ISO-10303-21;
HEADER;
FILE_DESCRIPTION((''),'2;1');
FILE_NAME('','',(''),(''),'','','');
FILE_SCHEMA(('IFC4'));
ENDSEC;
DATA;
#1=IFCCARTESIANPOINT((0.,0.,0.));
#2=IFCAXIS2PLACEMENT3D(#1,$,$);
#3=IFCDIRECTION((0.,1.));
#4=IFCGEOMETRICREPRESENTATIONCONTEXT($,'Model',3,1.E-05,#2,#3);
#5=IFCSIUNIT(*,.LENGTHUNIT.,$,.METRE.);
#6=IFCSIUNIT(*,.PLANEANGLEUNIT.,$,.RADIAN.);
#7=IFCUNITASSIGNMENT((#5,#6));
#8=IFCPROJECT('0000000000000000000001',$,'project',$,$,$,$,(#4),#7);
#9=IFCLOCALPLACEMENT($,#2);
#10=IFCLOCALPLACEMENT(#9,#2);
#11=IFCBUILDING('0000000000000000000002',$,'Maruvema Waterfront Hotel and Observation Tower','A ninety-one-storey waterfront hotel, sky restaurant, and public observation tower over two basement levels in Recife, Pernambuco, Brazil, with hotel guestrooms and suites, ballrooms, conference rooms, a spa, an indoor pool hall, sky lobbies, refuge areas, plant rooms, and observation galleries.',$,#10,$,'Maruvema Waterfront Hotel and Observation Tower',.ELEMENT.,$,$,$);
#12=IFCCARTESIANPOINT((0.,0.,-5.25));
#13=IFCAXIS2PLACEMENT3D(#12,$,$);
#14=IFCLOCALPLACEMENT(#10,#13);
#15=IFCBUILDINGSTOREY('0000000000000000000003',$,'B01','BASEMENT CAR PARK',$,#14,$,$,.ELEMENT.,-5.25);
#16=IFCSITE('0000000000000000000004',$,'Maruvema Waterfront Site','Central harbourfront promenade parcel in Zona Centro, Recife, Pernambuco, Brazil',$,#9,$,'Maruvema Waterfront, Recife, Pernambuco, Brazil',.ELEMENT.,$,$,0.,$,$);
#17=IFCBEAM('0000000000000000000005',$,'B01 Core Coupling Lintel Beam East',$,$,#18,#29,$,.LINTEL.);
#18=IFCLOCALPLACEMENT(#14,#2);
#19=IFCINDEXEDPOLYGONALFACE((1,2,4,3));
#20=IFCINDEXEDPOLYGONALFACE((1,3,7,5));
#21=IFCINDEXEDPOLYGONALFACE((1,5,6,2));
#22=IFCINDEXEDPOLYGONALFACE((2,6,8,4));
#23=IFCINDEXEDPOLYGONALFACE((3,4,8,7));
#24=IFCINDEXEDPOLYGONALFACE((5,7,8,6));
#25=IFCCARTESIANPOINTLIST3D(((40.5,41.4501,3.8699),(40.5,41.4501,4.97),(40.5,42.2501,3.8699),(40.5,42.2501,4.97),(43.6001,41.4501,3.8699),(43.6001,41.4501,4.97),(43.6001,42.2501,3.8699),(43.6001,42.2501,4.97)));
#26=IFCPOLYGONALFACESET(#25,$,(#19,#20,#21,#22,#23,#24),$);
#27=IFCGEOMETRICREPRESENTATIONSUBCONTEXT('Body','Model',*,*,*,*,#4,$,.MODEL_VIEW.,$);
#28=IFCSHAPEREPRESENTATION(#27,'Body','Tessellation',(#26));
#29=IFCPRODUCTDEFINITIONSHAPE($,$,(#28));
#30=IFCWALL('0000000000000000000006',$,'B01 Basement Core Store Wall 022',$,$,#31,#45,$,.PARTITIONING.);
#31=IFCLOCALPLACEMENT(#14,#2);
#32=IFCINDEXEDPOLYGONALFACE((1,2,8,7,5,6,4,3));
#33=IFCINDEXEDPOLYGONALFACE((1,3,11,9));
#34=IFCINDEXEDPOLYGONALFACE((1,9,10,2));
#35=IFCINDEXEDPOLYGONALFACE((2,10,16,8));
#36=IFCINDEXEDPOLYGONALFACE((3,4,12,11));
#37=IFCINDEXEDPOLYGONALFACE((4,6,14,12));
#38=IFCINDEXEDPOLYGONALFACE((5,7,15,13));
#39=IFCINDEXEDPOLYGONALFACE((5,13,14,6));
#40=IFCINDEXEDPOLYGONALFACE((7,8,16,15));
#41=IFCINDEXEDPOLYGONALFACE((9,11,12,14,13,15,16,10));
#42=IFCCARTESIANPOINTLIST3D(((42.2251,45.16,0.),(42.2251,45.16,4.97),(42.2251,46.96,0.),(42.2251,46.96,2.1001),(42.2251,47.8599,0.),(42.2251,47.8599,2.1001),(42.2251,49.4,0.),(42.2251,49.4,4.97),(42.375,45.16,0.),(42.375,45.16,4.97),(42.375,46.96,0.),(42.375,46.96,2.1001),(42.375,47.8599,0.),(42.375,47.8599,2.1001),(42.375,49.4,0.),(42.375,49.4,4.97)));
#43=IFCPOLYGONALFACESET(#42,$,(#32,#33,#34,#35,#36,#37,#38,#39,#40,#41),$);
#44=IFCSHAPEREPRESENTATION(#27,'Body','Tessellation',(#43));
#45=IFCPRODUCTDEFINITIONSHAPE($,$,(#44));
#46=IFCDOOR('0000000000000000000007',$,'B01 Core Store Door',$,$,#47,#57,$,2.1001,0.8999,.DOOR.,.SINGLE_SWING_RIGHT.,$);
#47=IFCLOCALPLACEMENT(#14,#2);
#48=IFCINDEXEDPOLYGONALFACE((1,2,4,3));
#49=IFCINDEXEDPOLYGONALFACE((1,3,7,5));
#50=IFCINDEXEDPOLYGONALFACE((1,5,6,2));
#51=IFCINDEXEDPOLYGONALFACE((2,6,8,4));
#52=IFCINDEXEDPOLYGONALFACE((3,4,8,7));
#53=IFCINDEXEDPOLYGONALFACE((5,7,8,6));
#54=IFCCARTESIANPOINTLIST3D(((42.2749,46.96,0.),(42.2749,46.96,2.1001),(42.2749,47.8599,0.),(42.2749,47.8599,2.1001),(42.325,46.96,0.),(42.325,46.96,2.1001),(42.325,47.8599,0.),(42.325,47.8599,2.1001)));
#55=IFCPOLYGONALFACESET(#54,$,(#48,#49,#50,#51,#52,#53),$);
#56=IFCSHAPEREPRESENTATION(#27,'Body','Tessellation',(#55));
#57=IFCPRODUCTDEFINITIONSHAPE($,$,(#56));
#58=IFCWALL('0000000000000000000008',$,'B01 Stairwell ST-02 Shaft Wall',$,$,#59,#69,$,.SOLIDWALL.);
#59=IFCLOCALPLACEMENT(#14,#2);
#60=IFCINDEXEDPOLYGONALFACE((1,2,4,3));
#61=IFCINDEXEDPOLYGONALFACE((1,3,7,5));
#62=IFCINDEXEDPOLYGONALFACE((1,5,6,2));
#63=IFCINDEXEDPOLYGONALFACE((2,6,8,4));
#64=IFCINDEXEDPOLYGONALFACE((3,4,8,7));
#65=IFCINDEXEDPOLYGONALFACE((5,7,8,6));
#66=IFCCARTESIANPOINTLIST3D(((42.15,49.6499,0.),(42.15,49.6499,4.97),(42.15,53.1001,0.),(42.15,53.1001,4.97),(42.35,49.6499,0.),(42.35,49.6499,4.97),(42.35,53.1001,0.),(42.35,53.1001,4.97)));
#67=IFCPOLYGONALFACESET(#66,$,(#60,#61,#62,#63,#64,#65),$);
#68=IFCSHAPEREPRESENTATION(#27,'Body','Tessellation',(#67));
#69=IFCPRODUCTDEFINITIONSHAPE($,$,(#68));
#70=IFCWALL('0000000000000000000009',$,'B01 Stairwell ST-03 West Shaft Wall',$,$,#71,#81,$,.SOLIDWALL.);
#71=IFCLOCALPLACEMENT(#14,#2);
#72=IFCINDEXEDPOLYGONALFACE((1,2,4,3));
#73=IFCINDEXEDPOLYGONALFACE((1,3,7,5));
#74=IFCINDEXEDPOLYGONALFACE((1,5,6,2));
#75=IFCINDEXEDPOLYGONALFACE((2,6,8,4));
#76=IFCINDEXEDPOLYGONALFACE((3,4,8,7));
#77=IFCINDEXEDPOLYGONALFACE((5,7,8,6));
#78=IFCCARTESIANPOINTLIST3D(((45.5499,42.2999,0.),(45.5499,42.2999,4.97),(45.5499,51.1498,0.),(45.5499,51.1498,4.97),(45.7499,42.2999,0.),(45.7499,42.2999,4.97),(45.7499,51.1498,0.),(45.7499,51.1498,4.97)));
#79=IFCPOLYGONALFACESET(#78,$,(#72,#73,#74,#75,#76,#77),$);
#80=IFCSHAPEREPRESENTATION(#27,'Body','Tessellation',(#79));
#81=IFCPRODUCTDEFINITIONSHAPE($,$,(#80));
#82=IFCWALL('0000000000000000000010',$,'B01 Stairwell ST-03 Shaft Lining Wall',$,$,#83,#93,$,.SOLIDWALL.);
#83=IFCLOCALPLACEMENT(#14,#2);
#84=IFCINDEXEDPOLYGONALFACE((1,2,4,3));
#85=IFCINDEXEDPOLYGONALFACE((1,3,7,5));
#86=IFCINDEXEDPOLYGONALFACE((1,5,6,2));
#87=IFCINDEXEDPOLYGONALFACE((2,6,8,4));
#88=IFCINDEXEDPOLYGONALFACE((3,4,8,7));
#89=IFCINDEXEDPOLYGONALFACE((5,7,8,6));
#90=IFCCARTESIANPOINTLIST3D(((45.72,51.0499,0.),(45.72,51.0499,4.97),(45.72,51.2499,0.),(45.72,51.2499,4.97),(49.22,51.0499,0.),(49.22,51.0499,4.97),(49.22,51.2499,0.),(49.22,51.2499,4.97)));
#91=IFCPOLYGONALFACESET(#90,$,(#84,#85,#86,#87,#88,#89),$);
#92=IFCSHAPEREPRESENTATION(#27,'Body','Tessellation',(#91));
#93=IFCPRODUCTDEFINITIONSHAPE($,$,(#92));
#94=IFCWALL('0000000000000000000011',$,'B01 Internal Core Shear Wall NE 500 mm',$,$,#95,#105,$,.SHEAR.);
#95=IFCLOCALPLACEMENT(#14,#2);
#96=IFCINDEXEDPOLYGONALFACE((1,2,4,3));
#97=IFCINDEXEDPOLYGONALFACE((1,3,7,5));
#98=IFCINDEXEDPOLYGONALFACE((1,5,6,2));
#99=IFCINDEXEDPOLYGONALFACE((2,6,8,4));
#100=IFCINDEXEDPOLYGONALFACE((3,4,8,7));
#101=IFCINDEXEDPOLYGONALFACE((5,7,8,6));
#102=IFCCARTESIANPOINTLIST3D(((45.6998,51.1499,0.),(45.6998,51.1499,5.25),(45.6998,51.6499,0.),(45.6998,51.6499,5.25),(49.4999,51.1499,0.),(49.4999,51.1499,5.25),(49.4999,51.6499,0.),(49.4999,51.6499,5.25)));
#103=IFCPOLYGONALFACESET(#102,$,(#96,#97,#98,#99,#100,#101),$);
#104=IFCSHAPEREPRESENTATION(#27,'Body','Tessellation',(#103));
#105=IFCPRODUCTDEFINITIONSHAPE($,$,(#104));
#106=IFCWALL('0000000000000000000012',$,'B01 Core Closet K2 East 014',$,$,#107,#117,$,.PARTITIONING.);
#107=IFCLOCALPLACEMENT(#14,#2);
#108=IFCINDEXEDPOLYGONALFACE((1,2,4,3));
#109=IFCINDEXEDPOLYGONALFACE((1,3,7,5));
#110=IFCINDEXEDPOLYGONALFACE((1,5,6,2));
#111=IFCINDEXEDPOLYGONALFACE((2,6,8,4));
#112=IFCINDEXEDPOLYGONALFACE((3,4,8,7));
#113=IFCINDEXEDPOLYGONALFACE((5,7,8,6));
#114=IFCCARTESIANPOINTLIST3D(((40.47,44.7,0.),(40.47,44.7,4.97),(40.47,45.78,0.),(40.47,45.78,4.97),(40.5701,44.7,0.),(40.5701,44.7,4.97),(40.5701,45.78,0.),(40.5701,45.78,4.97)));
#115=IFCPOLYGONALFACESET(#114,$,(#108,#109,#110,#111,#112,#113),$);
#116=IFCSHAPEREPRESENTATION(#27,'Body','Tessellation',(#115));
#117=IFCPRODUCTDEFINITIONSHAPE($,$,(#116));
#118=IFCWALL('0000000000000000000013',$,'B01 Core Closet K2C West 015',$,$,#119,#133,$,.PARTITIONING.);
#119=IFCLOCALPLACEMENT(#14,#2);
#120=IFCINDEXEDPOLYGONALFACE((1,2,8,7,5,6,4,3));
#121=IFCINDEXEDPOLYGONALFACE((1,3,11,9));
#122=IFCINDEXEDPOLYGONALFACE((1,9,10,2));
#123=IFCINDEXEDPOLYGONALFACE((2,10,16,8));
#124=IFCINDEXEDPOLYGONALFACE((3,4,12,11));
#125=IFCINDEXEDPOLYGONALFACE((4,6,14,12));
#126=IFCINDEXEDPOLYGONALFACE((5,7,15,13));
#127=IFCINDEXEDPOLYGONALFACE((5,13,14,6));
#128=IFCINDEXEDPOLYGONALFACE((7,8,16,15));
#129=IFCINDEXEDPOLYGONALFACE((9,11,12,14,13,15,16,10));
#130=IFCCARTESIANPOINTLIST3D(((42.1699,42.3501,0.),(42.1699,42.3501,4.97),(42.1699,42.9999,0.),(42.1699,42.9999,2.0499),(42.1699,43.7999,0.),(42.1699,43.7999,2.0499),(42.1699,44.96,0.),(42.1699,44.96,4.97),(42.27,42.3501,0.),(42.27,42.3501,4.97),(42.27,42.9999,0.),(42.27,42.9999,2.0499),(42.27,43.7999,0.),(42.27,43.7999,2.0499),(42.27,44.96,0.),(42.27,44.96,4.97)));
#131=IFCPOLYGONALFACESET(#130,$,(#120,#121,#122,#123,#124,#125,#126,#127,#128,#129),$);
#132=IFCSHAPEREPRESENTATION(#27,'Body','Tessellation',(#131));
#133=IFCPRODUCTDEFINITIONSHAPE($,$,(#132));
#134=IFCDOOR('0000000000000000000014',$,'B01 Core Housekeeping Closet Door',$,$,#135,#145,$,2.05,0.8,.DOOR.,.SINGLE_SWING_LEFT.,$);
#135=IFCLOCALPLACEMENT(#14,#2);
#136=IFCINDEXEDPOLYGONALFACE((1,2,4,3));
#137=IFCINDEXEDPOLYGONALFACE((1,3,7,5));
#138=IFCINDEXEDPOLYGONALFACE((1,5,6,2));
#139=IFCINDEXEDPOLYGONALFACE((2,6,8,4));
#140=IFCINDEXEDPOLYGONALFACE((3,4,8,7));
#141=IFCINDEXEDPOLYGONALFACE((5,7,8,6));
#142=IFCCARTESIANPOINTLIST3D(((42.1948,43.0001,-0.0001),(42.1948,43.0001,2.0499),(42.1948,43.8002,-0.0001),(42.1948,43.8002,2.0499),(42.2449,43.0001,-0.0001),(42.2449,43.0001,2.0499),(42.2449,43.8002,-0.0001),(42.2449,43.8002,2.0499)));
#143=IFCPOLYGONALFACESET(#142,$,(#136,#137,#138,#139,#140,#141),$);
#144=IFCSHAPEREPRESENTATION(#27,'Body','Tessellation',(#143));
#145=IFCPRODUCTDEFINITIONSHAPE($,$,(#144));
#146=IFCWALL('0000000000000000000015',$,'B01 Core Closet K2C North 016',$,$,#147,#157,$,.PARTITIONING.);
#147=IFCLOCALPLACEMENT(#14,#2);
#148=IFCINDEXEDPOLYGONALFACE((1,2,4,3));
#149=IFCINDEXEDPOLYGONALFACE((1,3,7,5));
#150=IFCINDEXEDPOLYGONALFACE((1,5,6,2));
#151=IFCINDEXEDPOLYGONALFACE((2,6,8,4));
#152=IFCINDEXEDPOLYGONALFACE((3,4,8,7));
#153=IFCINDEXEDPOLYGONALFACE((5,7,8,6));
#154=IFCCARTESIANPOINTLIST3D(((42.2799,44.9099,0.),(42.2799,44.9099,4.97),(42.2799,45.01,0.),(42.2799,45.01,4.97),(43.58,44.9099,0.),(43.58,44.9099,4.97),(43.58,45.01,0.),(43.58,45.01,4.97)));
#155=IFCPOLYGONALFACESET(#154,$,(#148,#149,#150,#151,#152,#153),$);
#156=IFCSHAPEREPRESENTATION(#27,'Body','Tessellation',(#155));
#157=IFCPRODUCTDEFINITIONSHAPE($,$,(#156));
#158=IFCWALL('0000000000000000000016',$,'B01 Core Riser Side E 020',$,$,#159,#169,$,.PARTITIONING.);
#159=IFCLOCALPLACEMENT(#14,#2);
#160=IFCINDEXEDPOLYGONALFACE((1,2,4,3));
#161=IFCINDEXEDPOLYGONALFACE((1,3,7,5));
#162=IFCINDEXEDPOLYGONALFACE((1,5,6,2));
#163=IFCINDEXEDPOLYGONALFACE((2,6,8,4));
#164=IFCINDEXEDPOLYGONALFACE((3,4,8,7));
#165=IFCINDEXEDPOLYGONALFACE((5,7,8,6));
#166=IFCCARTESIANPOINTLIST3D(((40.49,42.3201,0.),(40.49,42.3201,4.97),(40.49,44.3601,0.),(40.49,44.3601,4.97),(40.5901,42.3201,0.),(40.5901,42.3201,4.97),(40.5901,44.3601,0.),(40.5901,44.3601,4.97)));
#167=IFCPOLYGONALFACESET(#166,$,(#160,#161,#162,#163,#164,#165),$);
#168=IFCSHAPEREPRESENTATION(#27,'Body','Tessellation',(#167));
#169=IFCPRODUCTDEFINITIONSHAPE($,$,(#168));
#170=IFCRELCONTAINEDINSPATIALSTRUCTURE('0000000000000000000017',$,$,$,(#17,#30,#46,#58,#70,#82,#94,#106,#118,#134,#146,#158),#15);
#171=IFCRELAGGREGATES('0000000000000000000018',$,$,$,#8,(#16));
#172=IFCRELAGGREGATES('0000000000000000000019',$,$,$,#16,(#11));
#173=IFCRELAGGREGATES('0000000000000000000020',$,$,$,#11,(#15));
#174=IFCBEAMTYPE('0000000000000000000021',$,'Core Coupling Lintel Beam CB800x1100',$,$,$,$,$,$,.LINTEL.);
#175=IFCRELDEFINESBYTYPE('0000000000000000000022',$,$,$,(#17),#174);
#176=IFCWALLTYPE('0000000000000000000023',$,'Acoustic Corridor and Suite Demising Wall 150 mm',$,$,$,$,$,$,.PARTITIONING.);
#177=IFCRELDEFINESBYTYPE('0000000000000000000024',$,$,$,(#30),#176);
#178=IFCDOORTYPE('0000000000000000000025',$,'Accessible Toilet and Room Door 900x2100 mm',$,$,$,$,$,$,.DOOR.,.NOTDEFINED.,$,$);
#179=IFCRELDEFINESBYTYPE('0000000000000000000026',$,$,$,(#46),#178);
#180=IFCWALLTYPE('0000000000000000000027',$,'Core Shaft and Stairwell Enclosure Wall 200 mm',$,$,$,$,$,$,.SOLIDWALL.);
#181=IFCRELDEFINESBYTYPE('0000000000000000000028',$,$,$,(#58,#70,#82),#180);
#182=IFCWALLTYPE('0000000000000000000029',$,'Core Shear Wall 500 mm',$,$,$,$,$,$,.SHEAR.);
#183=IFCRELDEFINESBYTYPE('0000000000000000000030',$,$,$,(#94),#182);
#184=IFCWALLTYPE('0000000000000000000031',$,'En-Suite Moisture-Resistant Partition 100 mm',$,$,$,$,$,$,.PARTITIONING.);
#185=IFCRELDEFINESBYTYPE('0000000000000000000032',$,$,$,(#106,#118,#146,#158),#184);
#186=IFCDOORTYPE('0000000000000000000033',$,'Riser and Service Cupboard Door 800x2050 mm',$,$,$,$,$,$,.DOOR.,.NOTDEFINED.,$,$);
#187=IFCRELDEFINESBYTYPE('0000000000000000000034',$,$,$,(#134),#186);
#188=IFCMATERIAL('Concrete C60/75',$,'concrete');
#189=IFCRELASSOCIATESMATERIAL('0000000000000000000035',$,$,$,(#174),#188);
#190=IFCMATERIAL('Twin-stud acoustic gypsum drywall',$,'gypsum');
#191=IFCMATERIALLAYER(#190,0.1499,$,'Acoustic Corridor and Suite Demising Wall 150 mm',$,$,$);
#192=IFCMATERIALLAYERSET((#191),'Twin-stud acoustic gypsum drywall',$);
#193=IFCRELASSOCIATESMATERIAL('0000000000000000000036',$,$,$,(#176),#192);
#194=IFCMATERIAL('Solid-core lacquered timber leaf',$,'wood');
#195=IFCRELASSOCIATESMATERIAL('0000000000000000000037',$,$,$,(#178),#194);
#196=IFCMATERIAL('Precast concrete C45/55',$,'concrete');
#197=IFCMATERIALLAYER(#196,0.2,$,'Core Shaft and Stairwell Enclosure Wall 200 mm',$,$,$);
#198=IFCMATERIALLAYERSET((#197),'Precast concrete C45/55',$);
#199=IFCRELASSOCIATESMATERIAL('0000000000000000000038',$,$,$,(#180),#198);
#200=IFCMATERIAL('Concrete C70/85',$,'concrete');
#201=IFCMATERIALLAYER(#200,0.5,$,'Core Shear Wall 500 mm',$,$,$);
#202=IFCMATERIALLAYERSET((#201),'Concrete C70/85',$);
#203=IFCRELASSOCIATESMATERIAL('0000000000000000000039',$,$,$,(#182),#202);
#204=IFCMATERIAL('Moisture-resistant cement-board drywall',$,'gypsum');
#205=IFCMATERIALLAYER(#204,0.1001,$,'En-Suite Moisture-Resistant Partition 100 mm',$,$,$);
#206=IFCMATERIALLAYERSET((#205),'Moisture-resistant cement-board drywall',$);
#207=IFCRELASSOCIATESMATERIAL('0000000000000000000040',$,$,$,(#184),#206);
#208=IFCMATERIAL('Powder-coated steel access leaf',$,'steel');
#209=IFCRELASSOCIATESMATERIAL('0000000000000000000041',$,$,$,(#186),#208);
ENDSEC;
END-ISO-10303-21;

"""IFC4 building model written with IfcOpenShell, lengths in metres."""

from ifc_helpers import new_model, si_unit, direction, frame, frame_2d, origin, origin_2d, place, context, subcontext, project, spatial, rectangle, extrude, material, layer, layer_set, material_profile, profile_set, type_object, element, fill, save


model = new_model("IFC4")

# Units and contexts
model_context = context("Model", 3, precision=1e-05, world=origin(), true_north=direction((0.0, 1.0)))
body_context = subcontext(model_context, "Body", "Model", "MODEL_VIEW")
ifc_project = project(units=[si_unit("LENGTHUNIT", "METRE"), si_unit("PLANEANGLEUNIT", "RADIAN")], contexts=[model_context])

# Site, building, storey
site_placement = place(None, origin())
site = spatial("IfcSite", under=ifc_project, at=site_placement, Name="Maruvema Waterfront Site", Description="Central harbourfront promenade parcel in Zona Centro, Recife, Pernambuco, Brazil", LongName="Maruvema Waterfront, Recife, Pernambuco, Brazil", CompositionType="ELEMENT", RefElevation=0.0)
building_placement = place(site_placement, origin())
building = spatial("IfcBuilding", under=site, at=building_placement, Name="Maruvema Waterfront Hotel and Observation Tower", Description="A ninety-one-storey waterfront hotel, sky restaurant, and public observation tower over two basement levels in Recife, Pernambuco, Brazil, with hotel guestrooms and suites, ballrooms, conference rooms, a spa, an indoor pool hall, sky lobbies, refuge areas, plant rooms, and observation galleries.", LongName="Maruvema Waterfront Hotel and Observation Tower", CompositionType="ELEMENT")
storey_placement = place(building_placement, frame((0.0, 0.0, -5.25)))
storey = spatial("IfcBuildingStorey", under=building, at=storey_placement, Name="B01", Description="BASEMENT CAR PARK", CompositionType="ELEMENT", Elevation=-5.25)

# Beam
ifc_material_1 = material(Name="Concrete C60/75", Category="concrete")
ifc_material_profile = material_profile(ifc_material_1, rectangle(XDim=0.8, YDim=1.1001, at=origin_2d()), Name="CB800x1100")
ifc_profile_set = profile_set([ifc_material_profile], Name="Concrete C60/75")
beam_type = type_object("IfcBeamType", Name="Core Coupling Lintel Beam CB800x1100", PredefinedType="LINTEL", material=ifc_profile_set)
beam_placement = place(storey_placement, frame((40.5, 41.8501, 4.4199), z_axis=(1.0, 0.0, 0.0), x_axis=(0.0, 1.0, 0.0)))
element("IfcBeam", 1, at=beam_placement, inside=storey, type_object=beam_type, Name="B01 Core Coupling Lintel Beam East", PredefinedType="LINTEL", context=body_context, shape_type="SweptSolid", body=[
    extrude(rectangle(XDim=0.8, YDim=1.1001, at=origin_2d()), origin(), (0.0, 0.0, 1.0), 3.1001),
])

# Wall, opening, door
ifc_material_2 = material(Name="Twin-stud acoustic gypsum drywall", Category="gypsum")
ifc_layer_1 = layer(ifc_material_2, 0.1499, Name="Acoustic Corridor and Suite Demising Wall 150 mm")
ifc_layer_set_1 = layer_set([ifc_layer_1], Name="Twin-stud acoustic gypsum drywall")
wall_type_1 = type_object("IfcWallType", Name="Acoustic Corridor and Suite Demising Wall 150 mm", PredefinedType="PARTITIONING", material=ifc_layer_set_1)
wall_1_placement = place(storey_placement, frame((42.3, 45.1599, 0.0), z_axis=(0.0, 0.0, 1.0), x_axis=(0.0, 1.0, 0.0)))
wall_1 = element("IfcWall", 2, at=wall_1_placement, inside=storey, type_object=wall_type_1, Name="B01 Basement Core Store Wall 022", PredefinedType="PARTITIONING", context=body_context, shape_type="SweptSolid", body=[
    extrude(rectangle(XDim=4.24, YDim=0.1499, at=frame_2d((2.1201, 0.0))), origin(), (0.0, 0.0, 1.0), 4.97),
])
opening_1_placement = place(wall_1_placement, frame((1.8, 0.0, 0.0)))
opening_1 = element("IfcOpeningElement", 3, at=opening_1_placement, cuts=wall_1, PredefinedType="OPENING", context=body_context, shape_type="SweptSolid", body=[
    extrude(rectangle(XDim=0.8999, YDim=2.1001, at=frame_2d((0.45, 1.05))), frame((0.0, 0.085, 0.0), z_axis=(0.0, -1.0, 0.0), x_axis=(1.0, 0.0, 0.0)), (0.0, 0.0, 1.0), 0.1699),
])
ifc_material_3 = material(Name="Solid-core lacquered timber leaf", Category="wood")
door_type_1 = type_object("IfcDoorType", Name="Accessible Toilet and Room Door 900x2100 mm", OperationType="NOTDEFINED", PredefinedType="DOOR", material=ifc_material_3)
door_1_placement = place(opening_1_placement, frame((0.8999, 0.0, 0.0), z_axis=(0.0, 0.0, 1.0), x_axis=(-1.0, 0.0, 0.0)))
door_1 = element("IfcDoor", 4, at=door_1_placement, inside=storey, type_object=door_type_1, Name="B01 Core Store Door", OperationType="SINGLE_SWING_RIGHT", OverallHeight=2.1001, OverallWidth=0.8999, PredefinedType="DOOR", context=body_context, shape_type="SweptSolid", body=[
    extrude(rectangle(XDim=0.8999, YDim=2.1001, at=frame_2d((0.45, 1.05))), frame((0.0, 0.0249, 0.0), z_axis=(0.0, -1.0, 0.0), x_axis=(1.0, 0.0, 0.0)), (0.0, 0.0, 1.0), 0.05),
])
fill(opening_1, door_1)

# Walls
ifc_material_4 = material(Name="Precast concrete C45/55", Category="concrete")
ifc_layer_2 = layer(ifc_material_4, 0.2, Name="Core Shaft and Stairwell Enclosure Wall 200 mm")
ifc_layer_set_2 = layer_set([ifc_layer_2], Name="Precast concrete C45/55")
wall_type_2 = type_object("IfcWallType", Name="Core Shaft and Stairwell Enclosure Wall 200 mm", PredefinedType="SOLIDWALL", material=ifc_layer_set_2)
wall_2_placement = place(storey_placement, frame((42.25, 49.6499, 0.0), z_axis=(0.0, 0.0, 1.0), x_axis=(0.0, 1.0, 0.0)))
element("IfcWall", 5, at=wall_2_placement, inside=storey, type_object=wall_type_2, Name="B01 Stairwell ST-02 Shaft Wall", PredefinedType="SOLIDWALL", context=body_context, shape_type="SweptSolid", body=[
    extrude(rectangle(XDim=3.4502, YDim=0.2, at=frame_2d((1.7251, 0.0))), origin(), (0.0, 0.0, 1.0), 4.97),
])
wall_3_placement = place(storey_placement, frame((45.6499, 42.3, 0.0), z_axis=(0.0, 0.0, 1.0), x_axis=(0.0, 1.0, 0.0)))
element("IfcWall", 6, at=wall_3_placement, inside=storey, type_object=wall_type_2, Name="B01 Stairwell ST-03 West Shaft Wall", PredefinedType="SOLIDWALL", context=body_context, shape_type="SweptSolid", body=[
    extrude(rectangle(XDim=8.8499, YDim=0.2, at=frame_2d((4.4248, 0.0))), origin(), (0.0, 0.0, 1.0), 4.97),
])
wall_4_placement = place(storey_placement, frame((45.72, 51.1499, 0.0), z_axis=(0.0, 0.0, 1.0), x_axis=(1.0, 0.0, 0.0)))
element("IfcWall", 7, at=wall_4_placement, inside=storey, type_object=wall_type_2, Name="B01 Stairwell ST-03 Shaft Lining Wall", PredefinedType="SOLIDWALL", context=body_context, shape_type="SweptSolid", body=[
    extrude(rectangle(XDim=3.5, YDim=0.2, at=frame_2d((1.75, 0.0))), origin(), (0.0, 0.0, 1.0), 4.97),
])
ifc_material_5 = material(Name="Concrete C70/85", Category="concrete")
ifc_layer_3 = layer(ifc_material_5, 0.5, Name="Core Shear Wall 500 mm")
ifc_layer_set_3 = layer_set([ifc_layer_3], Name="Concrete C70/85")
wall_type_3 = type_object("IfcWallType", Name="Core Shear Wall 500 mm", PredefinedType="SHEAR", material=ifc_layer_set_3)
wall_5_placement = place(storey_placement, frame((45.7, 51.3999, 0.0), z_axis=(0.0, 0.0, 1.0), x_axis=(1.0, 0.0, 0.0)))
element("IfcWall", 8, at=wall_5_placement, inside=storey, type_object=wall_type_3, Name="B01 Internal Core Shear Wall NE 500 mm", PredefinedType="SHEAR", context=body_context, shape_type="SweptSolid", body=[
    extrude(rectangle(XDim=3.8, YDim=0.5, at=frame_2d((1.8999, 0.0))), origin(), (0.0, 0.0, 1.0), 5.25),
])

# Wall
ifc_material_6 = material(Name="Moisture-resistant cement-board drywall", Category="gypsum")
ifc_layer_4 = layer(ifc_material_6, 0.1001, Name="En-Suite Moisture-Resistant Partition 100 mm")
ifc_layer_set_4 = layer_set([ifc_layer_4], Name="Moisture-resistant cement-board drywall")
wall_type_4 = type_object("IfcWallType", Name="En-Suite Moisture-Resistant Partition 100 mm", PredefinedType="PARTITIONING", material=ifc_layer_set_4)
wall_6_placement = place(storey_placement, frame((40.52, 44.7, 0.0), z_axis=(0.0, 0.0, 1.0), x_axis=(0.0, 1.0, 0.0)))
element("IfcWall", 9, at=wall_6_placement, inside=storey, type_object=wall_type_4, Name="B01 Core Closet K2 East 014", PredefinedType="PARTITIONING", context=body_context, shape_type="SweptSolid", body=[
    extrude(rectangle(XDim=1.0801, YDim=0.1001, at=frame_2d((0.54, 0.0))), origin(), (0.0, 0.0, 1.0), 4.97),
])

# Wall, opening, door
wall_7_placement = place(storey_placement, frame((42.22, 42.3501, 0.0), z_axis=(0.0, 0.0, 1.0), x_axis=(0.0, 1.0, 0.0)))
wall_7 = element("IfcWall", 10, at=wall_7_placement, inside=storey, type_object=wall_type_4, Name="B01 Core Closet K2C West 015", PredefinedType="PARTITIONING", context=body_context, shape_type="SweptSolid", body=[
    extrude(rectangle(XDim=2.6099, YDim=0.1001, at=frame_2d((1.3049, 0.0))), origin(), (0.0, 0.0, 1.0), 4.97),
])
opening_2_placement = place(wall_7_placement, frame((0.6499, 0.0, 0.0)))
opening_2 = element("IfcOpeningElement", 11, at=opening_2_placement, cuts=wall_7, PredefinedType="OPENING", context=body_context, shape_type="SweptSolid", body=[
    extrude(rectangle(XDim=0.8, YDim=2.05, at=frame_2d((0.3999, 1.0249))), frame((0.0, 0.0601, 0.0), z_axis=(0.0, -1.0, 0.0), x_axis=(1.0, 0.0, 0.0)), (0.0, 0.0, 1.0), 0.1201),
])
ifc_material_7 = material(Name="Powder-coated steel access leaf", Category="steel")
door_type_2 = type_object("IfcDoorType", Name="Riser and Service Cupboard Door 800x2050 mm", OperationType="NOTDEFINED", PredefinedType="DOOR", material=ifc_material_7)
door_2_placement = place(opening_2_placement, frame((0.8, 0.0, 0.0), z_axis=(0.0, 0.0, 1.0), x_axis=(-1.0, 0.0, 0.0)))
door_2 = element("IfcDoor", 12, at=door_2_placement, inside=storey, type_object=door_type_2, Name="B01 Core Housekeeping Closet Door", OperationType="SINGLE_SWING_LEFT", OverallHeight=2.05, OverallWidth=0.8, PredefinedType="DOOR", context=body_context, shape_type="SweptSolid", body=[
    extrude(rectangle(XDim=0.8, YDim=2.05, at=frame_2d((0.3999, 1.0249))), frame((0.0, 0.0249, 0.0), z_axis=(0.0, -1.0, 0.0), x_axis=(1.0, 0.0, 0.0)), (0.0, 0.0, 1.0), 0.05),
])
fill(opening_2, door_2)

# Walls
wall_8_placement = place(storey_placement, frame((42.28, 44.96, 0.0), z_axis=(0.0, 0.0, 1.0), x_axis=(1.0, 0.0, 0.0)))
element("IfcWall", 13, at=wall_8_placement, inside=storey, type_object=wall_type_4, Name="B01 Core Closet K2C North 016", PredefinedType="PARTITIONING", context=body_context, shape_type="SweptSolid", body=[
    extrude(rectangle(XDim=1.3, YDim=0.1001, at=frame_2d((0.6499, 0.0))), origin(), (0.0, 0.0, 1.0), 4.97),
])
wall_9_placement = place(storey_placement, frame((40.54, 42.3201, 0.0), z_axis=(0.0, 0.0, 1.0), x_axis=(0.0, 1.0, 0.0)))
element("IfcWall", 14, at=wall_9_placement, inside=storey, type_object=wall_type_4, Name="B01 Core Riser Side E 020", PredefinedType="PARTITIONING", context=body_context, shape_type="SweptSolid", body=[
    extrude(rectangle(XDim=2.04, YDim=0.1001, at=frame_2d((1.02, 0.0))), origin(), (0.0, 0.0, 1.0), 4.97),
])

save(model, "model.ifc")
